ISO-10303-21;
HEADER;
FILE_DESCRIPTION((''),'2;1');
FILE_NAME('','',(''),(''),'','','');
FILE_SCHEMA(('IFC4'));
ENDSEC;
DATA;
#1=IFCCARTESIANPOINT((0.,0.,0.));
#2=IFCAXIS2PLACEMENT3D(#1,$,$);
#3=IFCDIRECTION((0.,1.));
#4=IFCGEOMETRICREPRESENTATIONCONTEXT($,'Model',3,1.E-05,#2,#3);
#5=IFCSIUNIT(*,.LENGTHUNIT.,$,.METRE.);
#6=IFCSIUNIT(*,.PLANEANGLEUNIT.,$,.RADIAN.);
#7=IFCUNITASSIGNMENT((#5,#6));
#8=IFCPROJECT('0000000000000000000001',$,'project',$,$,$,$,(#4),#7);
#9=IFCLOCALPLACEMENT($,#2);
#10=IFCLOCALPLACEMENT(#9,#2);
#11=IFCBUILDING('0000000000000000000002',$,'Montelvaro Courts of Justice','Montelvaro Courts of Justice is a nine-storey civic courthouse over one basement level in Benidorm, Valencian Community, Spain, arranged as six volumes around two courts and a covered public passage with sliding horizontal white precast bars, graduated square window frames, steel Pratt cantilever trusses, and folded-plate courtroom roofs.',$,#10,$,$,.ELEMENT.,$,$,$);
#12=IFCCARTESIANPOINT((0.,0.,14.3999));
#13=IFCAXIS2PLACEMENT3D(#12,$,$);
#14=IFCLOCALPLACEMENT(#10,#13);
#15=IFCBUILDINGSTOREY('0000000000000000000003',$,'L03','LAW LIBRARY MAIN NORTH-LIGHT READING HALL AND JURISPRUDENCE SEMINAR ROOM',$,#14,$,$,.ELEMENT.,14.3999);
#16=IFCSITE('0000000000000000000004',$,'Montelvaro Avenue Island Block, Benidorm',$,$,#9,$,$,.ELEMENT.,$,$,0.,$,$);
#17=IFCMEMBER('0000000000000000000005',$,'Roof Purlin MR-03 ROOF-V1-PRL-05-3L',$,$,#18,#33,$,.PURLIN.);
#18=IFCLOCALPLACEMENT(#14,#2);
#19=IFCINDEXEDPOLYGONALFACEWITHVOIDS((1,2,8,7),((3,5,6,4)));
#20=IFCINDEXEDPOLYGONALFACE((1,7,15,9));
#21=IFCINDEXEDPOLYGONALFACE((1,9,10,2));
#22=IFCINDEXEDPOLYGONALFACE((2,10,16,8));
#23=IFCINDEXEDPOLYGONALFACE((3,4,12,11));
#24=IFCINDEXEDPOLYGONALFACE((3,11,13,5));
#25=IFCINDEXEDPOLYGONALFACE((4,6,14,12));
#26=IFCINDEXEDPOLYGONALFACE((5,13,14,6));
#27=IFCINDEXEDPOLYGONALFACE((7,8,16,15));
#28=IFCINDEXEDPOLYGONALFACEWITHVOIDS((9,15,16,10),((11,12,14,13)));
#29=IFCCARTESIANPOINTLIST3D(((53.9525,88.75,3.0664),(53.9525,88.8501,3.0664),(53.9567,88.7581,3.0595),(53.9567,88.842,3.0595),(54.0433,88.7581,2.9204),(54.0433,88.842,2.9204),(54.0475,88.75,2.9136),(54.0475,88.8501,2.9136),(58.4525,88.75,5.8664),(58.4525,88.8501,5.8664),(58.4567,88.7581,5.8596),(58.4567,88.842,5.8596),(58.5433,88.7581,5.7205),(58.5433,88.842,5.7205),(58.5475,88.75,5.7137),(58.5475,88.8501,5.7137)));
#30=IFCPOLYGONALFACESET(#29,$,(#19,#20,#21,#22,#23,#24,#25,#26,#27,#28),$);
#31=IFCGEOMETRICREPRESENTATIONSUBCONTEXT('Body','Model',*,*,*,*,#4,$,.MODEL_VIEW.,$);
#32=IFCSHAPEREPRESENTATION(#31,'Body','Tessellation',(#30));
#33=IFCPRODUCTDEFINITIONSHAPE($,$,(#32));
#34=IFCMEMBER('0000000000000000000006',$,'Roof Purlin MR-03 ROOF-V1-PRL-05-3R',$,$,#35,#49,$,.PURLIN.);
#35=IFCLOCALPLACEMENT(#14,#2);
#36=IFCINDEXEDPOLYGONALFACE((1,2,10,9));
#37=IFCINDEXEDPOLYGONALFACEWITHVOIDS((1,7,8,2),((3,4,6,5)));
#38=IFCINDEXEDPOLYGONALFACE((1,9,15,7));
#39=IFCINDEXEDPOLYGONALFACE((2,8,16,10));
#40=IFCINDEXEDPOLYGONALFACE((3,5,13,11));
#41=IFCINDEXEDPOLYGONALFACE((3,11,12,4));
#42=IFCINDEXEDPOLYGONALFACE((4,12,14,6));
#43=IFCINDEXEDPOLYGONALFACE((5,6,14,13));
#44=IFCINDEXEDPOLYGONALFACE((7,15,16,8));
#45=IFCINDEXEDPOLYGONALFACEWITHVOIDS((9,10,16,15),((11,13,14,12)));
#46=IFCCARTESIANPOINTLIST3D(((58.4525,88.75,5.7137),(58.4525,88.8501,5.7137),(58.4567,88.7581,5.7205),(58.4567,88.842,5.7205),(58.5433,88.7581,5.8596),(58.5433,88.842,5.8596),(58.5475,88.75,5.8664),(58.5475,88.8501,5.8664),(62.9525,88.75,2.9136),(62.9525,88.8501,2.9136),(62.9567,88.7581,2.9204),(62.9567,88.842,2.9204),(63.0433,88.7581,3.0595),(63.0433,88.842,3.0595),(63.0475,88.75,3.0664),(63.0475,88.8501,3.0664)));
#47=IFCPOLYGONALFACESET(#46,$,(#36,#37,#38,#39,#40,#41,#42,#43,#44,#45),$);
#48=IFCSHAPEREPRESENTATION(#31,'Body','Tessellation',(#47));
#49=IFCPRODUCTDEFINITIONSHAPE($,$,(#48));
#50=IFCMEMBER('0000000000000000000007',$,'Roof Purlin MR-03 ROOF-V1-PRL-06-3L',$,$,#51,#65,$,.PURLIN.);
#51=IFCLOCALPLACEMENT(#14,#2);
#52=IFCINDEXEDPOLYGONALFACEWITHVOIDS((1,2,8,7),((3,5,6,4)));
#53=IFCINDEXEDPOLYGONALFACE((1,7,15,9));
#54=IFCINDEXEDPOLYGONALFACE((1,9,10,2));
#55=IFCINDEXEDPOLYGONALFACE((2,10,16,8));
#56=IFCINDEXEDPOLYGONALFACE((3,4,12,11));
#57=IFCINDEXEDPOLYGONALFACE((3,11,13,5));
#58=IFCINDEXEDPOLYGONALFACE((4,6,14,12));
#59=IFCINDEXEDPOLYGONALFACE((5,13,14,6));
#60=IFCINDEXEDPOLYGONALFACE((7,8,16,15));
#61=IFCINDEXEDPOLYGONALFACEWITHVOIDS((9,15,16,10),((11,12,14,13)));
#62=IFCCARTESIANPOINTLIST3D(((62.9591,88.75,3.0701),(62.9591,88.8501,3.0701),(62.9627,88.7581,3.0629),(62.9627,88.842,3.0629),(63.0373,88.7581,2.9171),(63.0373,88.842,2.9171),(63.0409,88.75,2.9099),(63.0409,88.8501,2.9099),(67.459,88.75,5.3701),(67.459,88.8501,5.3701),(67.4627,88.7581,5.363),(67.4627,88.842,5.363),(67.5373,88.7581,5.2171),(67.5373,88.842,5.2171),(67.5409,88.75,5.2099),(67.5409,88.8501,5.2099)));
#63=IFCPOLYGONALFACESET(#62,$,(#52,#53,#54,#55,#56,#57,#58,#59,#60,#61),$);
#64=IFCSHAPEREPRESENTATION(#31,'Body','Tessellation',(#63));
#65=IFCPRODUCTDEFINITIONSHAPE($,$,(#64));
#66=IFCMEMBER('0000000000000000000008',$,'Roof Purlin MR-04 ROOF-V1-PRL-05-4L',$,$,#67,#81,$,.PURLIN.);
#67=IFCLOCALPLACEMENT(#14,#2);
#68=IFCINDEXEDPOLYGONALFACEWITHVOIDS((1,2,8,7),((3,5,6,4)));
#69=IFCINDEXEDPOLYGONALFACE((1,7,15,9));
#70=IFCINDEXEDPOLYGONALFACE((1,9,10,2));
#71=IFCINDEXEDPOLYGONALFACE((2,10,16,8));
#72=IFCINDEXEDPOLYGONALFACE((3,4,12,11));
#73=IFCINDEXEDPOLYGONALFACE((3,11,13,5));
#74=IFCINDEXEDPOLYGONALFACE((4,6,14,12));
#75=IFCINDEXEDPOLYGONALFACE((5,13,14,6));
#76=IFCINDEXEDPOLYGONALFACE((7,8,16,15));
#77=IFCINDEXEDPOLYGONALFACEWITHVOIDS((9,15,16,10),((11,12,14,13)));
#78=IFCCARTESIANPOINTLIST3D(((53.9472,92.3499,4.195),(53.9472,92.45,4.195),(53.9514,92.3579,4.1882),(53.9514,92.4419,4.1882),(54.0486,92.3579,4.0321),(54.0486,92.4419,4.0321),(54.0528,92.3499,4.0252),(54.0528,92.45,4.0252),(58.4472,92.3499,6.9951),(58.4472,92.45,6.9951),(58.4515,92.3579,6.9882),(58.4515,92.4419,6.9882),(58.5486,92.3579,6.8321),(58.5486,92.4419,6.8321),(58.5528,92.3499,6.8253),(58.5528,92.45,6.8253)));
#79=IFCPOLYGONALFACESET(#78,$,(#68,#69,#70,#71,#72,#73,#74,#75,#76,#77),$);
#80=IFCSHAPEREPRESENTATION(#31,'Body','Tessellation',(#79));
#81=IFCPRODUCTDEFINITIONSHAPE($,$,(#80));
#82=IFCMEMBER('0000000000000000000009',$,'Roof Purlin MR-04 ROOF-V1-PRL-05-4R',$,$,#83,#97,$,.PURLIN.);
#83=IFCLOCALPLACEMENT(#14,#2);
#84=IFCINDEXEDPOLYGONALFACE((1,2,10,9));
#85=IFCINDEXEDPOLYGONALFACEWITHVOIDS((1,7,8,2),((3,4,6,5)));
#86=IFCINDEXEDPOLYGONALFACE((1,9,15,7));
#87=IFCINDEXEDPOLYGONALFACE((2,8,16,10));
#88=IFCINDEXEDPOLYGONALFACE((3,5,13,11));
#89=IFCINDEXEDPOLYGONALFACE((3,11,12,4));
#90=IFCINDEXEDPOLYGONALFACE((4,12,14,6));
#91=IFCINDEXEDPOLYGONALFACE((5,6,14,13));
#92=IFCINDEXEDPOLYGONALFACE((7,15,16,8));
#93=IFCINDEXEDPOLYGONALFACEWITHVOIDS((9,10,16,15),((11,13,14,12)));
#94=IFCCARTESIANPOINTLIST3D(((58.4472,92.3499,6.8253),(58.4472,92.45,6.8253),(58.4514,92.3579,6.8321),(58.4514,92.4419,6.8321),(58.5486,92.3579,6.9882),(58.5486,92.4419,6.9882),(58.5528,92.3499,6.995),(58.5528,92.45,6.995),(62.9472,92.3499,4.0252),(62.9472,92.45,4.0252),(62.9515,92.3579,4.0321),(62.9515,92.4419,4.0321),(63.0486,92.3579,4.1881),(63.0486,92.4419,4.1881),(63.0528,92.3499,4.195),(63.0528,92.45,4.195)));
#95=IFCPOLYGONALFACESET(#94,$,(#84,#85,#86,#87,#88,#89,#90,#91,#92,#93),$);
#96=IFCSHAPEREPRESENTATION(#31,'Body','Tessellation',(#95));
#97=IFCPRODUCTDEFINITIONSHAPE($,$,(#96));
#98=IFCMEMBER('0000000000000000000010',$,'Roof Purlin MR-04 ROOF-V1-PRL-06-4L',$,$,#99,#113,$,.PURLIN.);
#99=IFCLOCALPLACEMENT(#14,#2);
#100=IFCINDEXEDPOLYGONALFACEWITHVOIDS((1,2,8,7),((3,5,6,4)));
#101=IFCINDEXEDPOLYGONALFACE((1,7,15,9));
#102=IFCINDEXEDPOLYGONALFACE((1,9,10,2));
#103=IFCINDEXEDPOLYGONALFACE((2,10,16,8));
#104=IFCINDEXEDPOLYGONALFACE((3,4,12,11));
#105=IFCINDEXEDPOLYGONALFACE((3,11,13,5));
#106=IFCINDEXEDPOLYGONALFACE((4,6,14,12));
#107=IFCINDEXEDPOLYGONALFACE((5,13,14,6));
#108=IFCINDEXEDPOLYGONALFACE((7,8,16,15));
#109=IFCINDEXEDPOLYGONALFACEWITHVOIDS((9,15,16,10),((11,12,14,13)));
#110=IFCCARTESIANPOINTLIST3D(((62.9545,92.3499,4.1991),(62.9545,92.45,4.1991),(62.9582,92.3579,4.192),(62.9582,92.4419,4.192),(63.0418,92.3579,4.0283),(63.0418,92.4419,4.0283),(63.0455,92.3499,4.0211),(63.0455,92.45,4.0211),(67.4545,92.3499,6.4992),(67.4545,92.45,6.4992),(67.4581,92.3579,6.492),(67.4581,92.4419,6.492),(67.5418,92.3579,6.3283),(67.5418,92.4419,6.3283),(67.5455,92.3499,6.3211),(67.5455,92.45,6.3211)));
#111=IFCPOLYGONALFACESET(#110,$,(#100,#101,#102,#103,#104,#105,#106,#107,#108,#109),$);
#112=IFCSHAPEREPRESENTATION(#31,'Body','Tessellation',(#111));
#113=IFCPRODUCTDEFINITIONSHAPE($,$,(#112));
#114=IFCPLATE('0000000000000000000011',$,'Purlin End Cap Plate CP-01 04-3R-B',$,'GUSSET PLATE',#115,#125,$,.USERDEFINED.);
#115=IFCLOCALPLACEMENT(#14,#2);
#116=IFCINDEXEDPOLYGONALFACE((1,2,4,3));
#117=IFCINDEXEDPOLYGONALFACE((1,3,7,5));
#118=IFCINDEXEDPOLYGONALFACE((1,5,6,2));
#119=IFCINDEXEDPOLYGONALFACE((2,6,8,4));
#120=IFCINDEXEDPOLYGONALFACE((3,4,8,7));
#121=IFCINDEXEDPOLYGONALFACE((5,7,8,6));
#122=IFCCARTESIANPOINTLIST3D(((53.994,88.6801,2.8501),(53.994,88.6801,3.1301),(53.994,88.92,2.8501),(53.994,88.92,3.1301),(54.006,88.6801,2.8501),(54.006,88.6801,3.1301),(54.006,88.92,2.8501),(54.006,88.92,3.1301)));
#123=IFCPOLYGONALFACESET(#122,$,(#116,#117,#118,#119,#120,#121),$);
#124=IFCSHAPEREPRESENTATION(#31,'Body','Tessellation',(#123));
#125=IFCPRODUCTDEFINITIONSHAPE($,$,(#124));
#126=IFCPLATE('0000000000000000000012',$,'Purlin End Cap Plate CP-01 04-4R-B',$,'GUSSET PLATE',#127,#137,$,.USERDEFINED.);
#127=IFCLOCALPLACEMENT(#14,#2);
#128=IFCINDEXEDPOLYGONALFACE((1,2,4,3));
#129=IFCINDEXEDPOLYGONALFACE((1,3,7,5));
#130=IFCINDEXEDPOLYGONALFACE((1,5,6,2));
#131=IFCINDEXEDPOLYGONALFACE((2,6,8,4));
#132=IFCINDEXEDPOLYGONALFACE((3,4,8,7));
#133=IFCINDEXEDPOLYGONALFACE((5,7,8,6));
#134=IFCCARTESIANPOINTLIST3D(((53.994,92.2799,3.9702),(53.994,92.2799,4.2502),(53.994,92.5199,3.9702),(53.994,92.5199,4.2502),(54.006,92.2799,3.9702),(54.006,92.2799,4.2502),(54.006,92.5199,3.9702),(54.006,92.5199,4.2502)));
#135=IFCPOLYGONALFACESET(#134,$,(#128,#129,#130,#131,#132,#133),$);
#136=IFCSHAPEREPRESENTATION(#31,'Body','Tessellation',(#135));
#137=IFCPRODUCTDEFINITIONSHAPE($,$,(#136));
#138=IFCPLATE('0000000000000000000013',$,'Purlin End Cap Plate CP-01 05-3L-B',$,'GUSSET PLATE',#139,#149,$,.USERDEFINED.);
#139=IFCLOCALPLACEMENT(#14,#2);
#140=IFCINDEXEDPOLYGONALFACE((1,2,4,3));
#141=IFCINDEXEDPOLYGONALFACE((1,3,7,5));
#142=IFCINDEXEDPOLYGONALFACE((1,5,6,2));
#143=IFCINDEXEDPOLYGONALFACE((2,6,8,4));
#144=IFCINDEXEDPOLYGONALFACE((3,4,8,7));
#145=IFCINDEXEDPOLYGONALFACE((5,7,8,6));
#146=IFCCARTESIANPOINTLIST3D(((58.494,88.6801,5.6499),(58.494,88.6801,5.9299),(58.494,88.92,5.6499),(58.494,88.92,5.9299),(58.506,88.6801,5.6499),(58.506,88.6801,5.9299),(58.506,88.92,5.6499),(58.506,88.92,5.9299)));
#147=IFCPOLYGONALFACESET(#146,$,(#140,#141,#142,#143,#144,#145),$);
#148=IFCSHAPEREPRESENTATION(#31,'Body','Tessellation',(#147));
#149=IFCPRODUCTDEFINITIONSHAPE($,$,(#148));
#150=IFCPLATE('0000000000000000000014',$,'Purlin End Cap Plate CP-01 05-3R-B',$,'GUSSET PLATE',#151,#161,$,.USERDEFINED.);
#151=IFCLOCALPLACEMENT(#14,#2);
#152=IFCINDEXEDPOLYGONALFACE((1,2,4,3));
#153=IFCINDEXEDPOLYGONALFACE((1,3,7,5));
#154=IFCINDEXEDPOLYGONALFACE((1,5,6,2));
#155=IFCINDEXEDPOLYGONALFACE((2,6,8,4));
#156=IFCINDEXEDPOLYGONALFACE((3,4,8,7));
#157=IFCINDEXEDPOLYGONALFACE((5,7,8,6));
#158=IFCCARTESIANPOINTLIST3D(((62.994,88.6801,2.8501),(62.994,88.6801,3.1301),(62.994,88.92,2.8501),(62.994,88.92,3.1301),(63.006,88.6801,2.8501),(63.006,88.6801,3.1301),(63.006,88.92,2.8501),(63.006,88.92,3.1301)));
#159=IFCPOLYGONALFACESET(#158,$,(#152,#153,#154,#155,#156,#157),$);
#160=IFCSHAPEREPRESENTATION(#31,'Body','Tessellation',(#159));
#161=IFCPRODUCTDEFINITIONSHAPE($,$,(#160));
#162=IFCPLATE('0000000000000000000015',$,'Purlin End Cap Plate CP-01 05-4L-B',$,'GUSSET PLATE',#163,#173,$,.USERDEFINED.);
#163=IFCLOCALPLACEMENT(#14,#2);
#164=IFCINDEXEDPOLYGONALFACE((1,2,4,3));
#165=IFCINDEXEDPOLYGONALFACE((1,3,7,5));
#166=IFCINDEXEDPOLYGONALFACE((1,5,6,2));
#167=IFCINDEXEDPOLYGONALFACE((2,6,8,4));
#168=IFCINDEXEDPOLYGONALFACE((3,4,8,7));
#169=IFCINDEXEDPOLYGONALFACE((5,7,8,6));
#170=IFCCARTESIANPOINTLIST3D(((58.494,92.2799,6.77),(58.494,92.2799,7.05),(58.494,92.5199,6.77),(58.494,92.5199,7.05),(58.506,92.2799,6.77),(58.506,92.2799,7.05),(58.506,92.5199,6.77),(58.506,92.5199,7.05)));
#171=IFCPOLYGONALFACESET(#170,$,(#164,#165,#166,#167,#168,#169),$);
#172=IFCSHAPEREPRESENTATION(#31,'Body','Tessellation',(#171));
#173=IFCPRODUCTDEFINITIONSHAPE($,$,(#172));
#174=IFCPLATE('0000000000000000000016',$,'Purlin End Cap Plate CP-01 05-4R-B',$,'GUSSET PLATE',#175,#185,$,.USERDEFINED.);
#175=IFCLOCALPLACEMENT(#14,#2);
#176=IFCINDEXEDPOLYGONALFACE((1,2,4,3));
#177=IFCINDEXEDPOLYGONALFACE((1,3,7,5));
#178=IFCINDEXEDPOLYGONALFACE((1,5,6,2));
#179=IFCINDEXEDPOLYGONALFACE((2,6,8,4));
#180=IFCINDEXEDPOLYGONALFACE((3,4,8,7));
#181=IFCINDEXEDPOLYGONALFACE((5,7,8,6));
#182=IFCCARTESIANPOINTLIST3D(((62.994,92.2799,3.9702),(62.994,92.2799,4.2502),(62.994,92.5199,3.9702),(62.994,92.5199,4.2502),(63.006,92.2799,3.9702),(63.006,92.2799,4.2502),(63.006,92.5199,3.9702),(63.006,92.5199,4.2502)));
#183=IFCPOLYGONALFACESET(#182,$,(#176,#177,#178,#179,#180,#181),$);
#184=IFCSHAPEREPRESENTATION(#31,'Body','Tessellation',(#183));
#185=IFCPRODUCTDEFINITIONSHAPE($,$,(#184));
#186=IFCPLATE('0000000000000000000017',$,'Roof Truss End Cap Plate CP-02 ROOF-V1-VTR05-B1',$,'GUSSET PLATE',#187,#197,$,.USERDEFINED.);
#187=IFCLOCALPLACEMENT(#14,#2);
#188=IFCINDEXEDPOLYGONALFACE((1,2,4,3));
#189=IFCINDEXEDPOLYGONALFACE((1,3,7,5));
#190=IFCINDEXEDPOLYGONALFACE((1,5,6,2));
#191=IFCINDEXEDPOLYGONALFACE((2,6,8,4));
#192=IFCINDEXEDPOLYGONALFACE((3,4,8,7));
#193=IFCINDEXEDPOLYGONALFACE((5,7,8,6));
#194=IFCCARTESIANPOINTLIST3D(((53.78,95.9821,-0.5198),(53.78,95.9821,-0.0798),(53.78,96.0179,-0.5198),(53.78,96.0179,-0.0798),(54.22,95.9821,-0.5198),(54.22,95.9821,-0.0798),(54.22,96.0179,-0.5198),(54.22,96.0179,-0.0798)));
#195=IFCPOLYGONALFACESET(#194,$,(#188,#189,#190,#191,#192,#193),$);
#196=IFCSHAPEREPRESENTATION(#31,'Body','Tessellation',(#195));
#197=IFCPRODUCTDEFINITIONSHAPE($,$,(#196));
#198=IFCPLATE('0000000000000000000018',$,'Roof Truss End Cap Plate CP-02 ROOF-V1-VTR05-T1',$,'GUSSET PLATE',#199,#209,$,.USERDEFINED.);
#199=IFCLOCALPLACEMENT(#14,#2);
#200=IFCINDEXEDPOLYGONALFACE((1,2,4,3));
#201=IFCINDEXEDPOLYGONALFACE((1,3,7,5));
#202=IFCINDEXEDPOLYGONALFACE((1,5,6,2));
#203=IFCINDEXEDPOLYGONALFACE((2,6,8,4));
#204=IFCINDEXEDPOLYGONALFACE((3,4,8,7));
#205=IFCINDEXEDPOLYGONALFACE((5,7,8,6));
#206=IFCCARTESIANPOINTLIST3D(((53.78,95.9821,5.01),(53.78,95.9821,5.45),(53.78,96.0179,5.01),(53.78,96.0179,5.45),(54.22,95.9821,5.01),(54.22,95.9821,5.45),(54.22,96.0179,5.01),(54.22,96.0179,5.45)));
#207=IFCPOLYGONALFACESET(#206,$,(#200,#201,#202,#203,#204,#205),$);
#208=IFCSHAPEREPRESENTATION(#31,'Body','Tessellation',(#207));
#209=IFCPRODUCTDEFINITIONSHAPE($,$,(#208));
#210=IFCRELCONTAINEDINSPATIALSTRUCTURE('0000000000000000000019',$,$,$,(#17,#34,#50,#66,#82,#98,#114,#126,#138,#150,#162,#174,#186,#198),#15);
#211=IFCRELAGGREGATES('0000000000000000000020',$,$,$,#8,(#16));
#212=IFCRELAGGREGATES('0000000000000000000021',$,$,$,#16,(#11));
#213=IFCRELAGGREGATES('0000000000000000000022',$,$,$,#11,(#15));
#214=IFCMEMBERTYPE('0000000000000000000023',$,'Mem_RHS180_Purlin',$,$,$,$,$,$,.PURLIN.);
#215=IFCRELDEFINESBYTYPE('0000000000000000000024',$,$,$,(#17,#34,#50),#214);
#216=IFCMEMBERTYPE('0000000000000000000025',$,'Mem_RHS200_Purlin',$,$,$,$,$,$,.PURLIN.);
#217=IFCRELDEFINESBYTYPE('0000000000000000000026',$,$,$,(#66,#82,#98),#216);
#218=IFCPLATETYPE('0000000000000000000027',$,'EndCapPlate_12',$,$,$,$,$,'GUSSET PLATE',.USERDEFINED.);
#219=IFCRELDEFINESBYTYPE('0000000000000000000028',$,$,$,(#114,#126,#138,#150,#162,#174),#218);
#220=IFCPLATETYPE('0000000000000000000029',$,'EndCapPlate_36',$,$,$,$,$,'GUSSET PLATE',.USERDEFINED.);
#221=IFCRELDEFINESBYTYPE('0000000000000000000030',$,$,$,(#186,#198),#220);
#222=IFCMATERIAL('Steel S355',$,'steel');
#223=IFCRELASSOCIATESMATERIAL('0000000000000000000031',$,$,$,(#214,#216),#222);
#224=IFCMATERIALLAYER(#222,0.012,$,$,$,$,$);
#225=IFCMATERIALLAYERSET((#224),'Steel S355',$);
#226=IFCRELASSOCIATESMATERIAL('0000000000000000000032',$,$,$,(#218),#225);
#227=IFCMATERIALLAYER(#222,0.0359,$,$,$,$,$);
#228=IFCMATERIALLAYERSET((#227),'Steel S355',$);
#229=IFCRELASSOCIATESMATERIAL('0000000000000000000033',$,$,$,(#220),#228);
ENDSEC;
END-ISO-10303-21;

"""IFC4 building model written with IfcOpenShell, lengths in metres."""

from ifc_helpers import new_model, si_unit, direction, frame, origin, origin_2d, place, context, subcontext, project, spatial, rectangle, hollow_rectangle, extrude, material, layer, layer_set, material_profile, profile_set, type_object, element, save


model = new_model("IFC4")

# Units and contexts
model_context = context("Model", 3, precision=1e-05, world=origin(), true_north=direction((0.0, 1.0)))
body_context = subcontext(model_context, "Body", "Model", "MODEL_VIEW")
ifc_project = project(units=[si_unit("LENGTHUNIT", "METRE"), si_unit("PLANEANGLEUNIT", "RADIAN")], contexts=[model_context])

# Site, building, storey
site_placement = place(None, origin())
site = spatial("IfcSite", under=ifc_project, at=site_placement, Name="Montelvaro Avenue Island Block, Benidorm", CompositionType="ELEMENT", RefElevation=0.0)
building_placement = place(site_placement, origin())
building = spatial("IfcBuilding", under=site, at=building_placement, Name="Montelvaro Courts of Justice", Description="Montelvaro Courts of Justice is a nine-storey civic courthouse over one basement level in Benidorm, Valencian Community, Spain, arranged as six volumes around two courts and a covered public passage with sliding horizontal white precast bars, graduated square window frames, steel Pratt cantilever trusses, and folded-plate courtroom roofs.", CompositionType="ELEMENT")
storey_placement = place(building_placement, frame((0.0, 0.0, 14.3999)))
storey = spatial("IfcBuildingStorey", under=building, at=storey_placement, Name="L03", Description="LAW LIBRARY MAIN NORTH-LIGHT READING HALL AND JURISPRUDENCE SEMINAR ROOM", CompositionType="ELEMENT", Elevation=14.3999)

# Members
ifc_material_1 = material(Name="Steel S355", Category="steel")
ifc_material_profile_1 = material_profile(ifc_material_1, hollow_rectangle(XDim=0.1001, YDim=0.1799, WallThickness=0.0081, at=origin_2d()), Name="RHS 180x100x8")
ifc_profile_set_1 = profile_set([ifc_material_profile_1], Name="Steel S355")
member_type_1 = type_object("IfcMemberType", Name="Mem_RHS180_Purlin", PredefinedType="PURLIN", material=ifc_profile_set_1)
for number, where, z_axis, x_axis, name in (
    (1, (54.0, 88.8, 2.99), (0.849052, 0.0, 0.528309), (0.0, 1.0, 0.0), "Roof Purlin MR-03 ROOF-V1-PRL-05-3L"),
    (2, (58.5, 88.8, 5.79), (0.849052, 0.0, -0.528309), (0.0, 1.0, 0.0), "Roof Purlin MR-03 ROOF-V1-PRL-05-3R"),
):
    element("IfcMember", number, at=place(storey_placement, frame(where, z_axis=z_axis, x_axis=x_axis)), inside=storey, type_object=member_type_1, Name=name, PredefinedType="PURLIN", context=body_context, shape_type="SweptSolid", body=[
        extrude(hollow_rectangle(XDim=0.1001, YDim=0.1799, WallThickness=0.0081, at=origin_2d()), origin(), (0.0, 0.0, 1.0), 5.3),
    ])
member_1_placement = place(storey_placement, frame((63.0, 88.8, 2.99), z_axis=(0.890431, 0.0, 0.455119), x_axis=(0.0, 1.0, 0.0)))
element("IfcMember", 3, at=member_1_placement, inside=storey, type_object=member_type_1, Name="Roof Purlin MR-03 ROOF-V1-PRL-06-3L", PredefinedType="PURLIN", context=body_context, shape_type="SweptSolid", body=[
    extrude(hollow_rectangle(XDim=0.1001, YDim=0.1799, WallThickness=0.0081, at=origin_2d()), origin(), (0.0, 0.0, 1.0), 5.0537),
])
ifc_material_profile_2 = material_profile(ifc_material_1, hollow_rectangle(XDim=0.1001, YDim=0.2, WallThickness=0.0081, at=origin_2d()), Name="RHS 200x100x8")
ifc_profile_set_2 = profile_set([ifc_material_profile_2], Name="Steel S355")
member_type_2 = type_object("IfcMemberType", Name="Mem_RHS200_Purlin", PredefinedType="PURLIN", material=ifc_profile_set_2)
for number, where, z_axis, x_axis, name in (
    (4, (54.0, 92.3999, 4.1101), (0.849052, 0.0, 0.528309), (0.0, 1.0, 0.0), "Roof Purlin MR-04 ROOF-V1-PRL-05-4L"),
    (5, (58.5, 92.3999, 6.9102), (0.849052, 0.0, -0.528309), (0.0, 1.0, 0.0), "Roof Purlin MR-04 ROOF-V1-PRL-05-4R"),
):
    element("IfcMember", number, at=place(storey_placement, frame(where, z_axis=z_axis, x_axis=x_axis)), inside=storey, type_object=member_type_2, Name=name, PredefinedType="PURLIN", context=body_context, shape_type="SweptSolid", body=[
        extrude(hollow_rectangle(XDim=0.1001, YDim=0.2, WallThickness=0.0081, at=origin_2d()), origin(), (0.0, 0.0, 1.0), 5.3),
    ])
member_2_placement = place(storey_placement, frame((63.0, 92.3999, 4.1101), z_axis=(0.890431, 0.0, 0.455119), x_axis=(0.0, 1.0, 0.0)))
element("IfcMember", 6, at=member_2_placement, inside=storey, type_object=member_type_2, Name="Roof Purlin MR-04 ROOF-V1-PRL-06-4L", PredefinedType="PURLIN", context=body_context, shape_type="SweptSolid", body=[
    extrude(hollow_rectangle(XDim=0.1001, YDim=0.2, WallThickness=0.0081, at=origin_2d()), origin(), (0.0, 0.0, 1.0), 5.0537),
])

# Plates
ifc_layer_1 = layer(ifc_material_1, 0.012)
ifc_layer_set_1 = layer_set([ifc_layer_1], Name="Steel S355")
plate_type_1 = type_object("IfcPlateType", Name="EndCapPlate_12", ElementType="GUSSET PLATE", PredefinedType="USERDEFINED", material=ifc_layer_set_1)
for number, where, z_axis, x_axis, name in (
    (7, (54.0, 88.8, 2.8501), (0.0, 0.0, 1.0), (1.0, 0.0, 0.0), "Purlin End Cap Plate CP-01 04-3R-B"),
    (8, (54.0, 92.3999, 3.9702), (0.0, 0.0, 1.0), (1.0, 0.0, 0.0), "Purlin End Cap Plate CP-01 04-4R-B"),
    (9, (58.5, 88.8, 5.6499), (0.0, 0.0, 1.0), (1.0, 0.0, 0.0), "Purlin End Cap Plate CP-01 05-3L-B"),
    (10, (63.0, 88.8, 2.8501), (0.0, 0.0, 1.0), (1.0, 0.0, 0.0), "Purlin End Cap Plate CP-01 05-3R-B"),
    (11, (58.5, 92.3999, 6.77), (0.0, 0.0, 1.0), (1.0, 0.0, 0.0), "Purlin End Cap Plate CP-01 05-4L-B"),
    (12, (63.0, 92.3999, 3.9702), (0.0, 0.0, 1.0), (1.0, 0.0, 0.0), "Purlin End Cap Plate CP-01 05-4R-B"),
):
    element("IfcPlate", number, at=place(storey_placement, frame(where, z_axis=z_axis, x_axis=x_axis)), inside=storey, type_object=plate_type_1, Name=name, ObjectType="GUSSET PLATE", PredefinedType="USERDEFINED", context=body_context, shape_type="SweptSolid", body=[
        extrude(rectangle(XDim=0.012, YDim=0.24, at=origin_2d()), origin(), (0.0, 0.0, 1.0), 0.28),
    ])
ifc_layer_2 = layer(ifc_material_1, 0.0359)
ifc_layer_set_2 = layer_set([ifc_layer_2], Name="Steel S355")
plate_type_2 = type_object("IfcPlateType", Name="EndCapPlate_36", ElementType="GUSSET PLATE", PredefinedType="USERDEFINED", material=ifc_layer_set_2)
for number, where, z_axis, x_axis, name in (
    (13, (54.0, 96.0, -0.5198), (0.0, 0.0, 1.0), (1.0, 0.0, 0.0), "Roof Truss End Cap Plate CP-02 ROOF-V1-VTR05-B1"),
    (14, (54.0, 96.0, 5.01), (0.0, 0.0, 1.0), (1.0, 0.0, 0.0), "Roof Truss End Cap Plate CP-02 ROOF-V1-VTR05-T1"),
):
    element("IfcPlate", number, at=place(storey_placement, frame(where, z_axis=z_axis, x_axis=x_axis)), inside=storey, type_object=plate_type_2, Name=name, ObjectType="GUSSET PLATE", PredefinedType="USERDEFINED", context=body_context, shape_type="SweptSolid", body=[
        extrude(rectangle(XDim=0.4399, YDim=0.0359, at=origin_2d()), origin(), (0.0, 0.0, 1.0), 0.4399),
    ])

save(model, "model.ifc")
